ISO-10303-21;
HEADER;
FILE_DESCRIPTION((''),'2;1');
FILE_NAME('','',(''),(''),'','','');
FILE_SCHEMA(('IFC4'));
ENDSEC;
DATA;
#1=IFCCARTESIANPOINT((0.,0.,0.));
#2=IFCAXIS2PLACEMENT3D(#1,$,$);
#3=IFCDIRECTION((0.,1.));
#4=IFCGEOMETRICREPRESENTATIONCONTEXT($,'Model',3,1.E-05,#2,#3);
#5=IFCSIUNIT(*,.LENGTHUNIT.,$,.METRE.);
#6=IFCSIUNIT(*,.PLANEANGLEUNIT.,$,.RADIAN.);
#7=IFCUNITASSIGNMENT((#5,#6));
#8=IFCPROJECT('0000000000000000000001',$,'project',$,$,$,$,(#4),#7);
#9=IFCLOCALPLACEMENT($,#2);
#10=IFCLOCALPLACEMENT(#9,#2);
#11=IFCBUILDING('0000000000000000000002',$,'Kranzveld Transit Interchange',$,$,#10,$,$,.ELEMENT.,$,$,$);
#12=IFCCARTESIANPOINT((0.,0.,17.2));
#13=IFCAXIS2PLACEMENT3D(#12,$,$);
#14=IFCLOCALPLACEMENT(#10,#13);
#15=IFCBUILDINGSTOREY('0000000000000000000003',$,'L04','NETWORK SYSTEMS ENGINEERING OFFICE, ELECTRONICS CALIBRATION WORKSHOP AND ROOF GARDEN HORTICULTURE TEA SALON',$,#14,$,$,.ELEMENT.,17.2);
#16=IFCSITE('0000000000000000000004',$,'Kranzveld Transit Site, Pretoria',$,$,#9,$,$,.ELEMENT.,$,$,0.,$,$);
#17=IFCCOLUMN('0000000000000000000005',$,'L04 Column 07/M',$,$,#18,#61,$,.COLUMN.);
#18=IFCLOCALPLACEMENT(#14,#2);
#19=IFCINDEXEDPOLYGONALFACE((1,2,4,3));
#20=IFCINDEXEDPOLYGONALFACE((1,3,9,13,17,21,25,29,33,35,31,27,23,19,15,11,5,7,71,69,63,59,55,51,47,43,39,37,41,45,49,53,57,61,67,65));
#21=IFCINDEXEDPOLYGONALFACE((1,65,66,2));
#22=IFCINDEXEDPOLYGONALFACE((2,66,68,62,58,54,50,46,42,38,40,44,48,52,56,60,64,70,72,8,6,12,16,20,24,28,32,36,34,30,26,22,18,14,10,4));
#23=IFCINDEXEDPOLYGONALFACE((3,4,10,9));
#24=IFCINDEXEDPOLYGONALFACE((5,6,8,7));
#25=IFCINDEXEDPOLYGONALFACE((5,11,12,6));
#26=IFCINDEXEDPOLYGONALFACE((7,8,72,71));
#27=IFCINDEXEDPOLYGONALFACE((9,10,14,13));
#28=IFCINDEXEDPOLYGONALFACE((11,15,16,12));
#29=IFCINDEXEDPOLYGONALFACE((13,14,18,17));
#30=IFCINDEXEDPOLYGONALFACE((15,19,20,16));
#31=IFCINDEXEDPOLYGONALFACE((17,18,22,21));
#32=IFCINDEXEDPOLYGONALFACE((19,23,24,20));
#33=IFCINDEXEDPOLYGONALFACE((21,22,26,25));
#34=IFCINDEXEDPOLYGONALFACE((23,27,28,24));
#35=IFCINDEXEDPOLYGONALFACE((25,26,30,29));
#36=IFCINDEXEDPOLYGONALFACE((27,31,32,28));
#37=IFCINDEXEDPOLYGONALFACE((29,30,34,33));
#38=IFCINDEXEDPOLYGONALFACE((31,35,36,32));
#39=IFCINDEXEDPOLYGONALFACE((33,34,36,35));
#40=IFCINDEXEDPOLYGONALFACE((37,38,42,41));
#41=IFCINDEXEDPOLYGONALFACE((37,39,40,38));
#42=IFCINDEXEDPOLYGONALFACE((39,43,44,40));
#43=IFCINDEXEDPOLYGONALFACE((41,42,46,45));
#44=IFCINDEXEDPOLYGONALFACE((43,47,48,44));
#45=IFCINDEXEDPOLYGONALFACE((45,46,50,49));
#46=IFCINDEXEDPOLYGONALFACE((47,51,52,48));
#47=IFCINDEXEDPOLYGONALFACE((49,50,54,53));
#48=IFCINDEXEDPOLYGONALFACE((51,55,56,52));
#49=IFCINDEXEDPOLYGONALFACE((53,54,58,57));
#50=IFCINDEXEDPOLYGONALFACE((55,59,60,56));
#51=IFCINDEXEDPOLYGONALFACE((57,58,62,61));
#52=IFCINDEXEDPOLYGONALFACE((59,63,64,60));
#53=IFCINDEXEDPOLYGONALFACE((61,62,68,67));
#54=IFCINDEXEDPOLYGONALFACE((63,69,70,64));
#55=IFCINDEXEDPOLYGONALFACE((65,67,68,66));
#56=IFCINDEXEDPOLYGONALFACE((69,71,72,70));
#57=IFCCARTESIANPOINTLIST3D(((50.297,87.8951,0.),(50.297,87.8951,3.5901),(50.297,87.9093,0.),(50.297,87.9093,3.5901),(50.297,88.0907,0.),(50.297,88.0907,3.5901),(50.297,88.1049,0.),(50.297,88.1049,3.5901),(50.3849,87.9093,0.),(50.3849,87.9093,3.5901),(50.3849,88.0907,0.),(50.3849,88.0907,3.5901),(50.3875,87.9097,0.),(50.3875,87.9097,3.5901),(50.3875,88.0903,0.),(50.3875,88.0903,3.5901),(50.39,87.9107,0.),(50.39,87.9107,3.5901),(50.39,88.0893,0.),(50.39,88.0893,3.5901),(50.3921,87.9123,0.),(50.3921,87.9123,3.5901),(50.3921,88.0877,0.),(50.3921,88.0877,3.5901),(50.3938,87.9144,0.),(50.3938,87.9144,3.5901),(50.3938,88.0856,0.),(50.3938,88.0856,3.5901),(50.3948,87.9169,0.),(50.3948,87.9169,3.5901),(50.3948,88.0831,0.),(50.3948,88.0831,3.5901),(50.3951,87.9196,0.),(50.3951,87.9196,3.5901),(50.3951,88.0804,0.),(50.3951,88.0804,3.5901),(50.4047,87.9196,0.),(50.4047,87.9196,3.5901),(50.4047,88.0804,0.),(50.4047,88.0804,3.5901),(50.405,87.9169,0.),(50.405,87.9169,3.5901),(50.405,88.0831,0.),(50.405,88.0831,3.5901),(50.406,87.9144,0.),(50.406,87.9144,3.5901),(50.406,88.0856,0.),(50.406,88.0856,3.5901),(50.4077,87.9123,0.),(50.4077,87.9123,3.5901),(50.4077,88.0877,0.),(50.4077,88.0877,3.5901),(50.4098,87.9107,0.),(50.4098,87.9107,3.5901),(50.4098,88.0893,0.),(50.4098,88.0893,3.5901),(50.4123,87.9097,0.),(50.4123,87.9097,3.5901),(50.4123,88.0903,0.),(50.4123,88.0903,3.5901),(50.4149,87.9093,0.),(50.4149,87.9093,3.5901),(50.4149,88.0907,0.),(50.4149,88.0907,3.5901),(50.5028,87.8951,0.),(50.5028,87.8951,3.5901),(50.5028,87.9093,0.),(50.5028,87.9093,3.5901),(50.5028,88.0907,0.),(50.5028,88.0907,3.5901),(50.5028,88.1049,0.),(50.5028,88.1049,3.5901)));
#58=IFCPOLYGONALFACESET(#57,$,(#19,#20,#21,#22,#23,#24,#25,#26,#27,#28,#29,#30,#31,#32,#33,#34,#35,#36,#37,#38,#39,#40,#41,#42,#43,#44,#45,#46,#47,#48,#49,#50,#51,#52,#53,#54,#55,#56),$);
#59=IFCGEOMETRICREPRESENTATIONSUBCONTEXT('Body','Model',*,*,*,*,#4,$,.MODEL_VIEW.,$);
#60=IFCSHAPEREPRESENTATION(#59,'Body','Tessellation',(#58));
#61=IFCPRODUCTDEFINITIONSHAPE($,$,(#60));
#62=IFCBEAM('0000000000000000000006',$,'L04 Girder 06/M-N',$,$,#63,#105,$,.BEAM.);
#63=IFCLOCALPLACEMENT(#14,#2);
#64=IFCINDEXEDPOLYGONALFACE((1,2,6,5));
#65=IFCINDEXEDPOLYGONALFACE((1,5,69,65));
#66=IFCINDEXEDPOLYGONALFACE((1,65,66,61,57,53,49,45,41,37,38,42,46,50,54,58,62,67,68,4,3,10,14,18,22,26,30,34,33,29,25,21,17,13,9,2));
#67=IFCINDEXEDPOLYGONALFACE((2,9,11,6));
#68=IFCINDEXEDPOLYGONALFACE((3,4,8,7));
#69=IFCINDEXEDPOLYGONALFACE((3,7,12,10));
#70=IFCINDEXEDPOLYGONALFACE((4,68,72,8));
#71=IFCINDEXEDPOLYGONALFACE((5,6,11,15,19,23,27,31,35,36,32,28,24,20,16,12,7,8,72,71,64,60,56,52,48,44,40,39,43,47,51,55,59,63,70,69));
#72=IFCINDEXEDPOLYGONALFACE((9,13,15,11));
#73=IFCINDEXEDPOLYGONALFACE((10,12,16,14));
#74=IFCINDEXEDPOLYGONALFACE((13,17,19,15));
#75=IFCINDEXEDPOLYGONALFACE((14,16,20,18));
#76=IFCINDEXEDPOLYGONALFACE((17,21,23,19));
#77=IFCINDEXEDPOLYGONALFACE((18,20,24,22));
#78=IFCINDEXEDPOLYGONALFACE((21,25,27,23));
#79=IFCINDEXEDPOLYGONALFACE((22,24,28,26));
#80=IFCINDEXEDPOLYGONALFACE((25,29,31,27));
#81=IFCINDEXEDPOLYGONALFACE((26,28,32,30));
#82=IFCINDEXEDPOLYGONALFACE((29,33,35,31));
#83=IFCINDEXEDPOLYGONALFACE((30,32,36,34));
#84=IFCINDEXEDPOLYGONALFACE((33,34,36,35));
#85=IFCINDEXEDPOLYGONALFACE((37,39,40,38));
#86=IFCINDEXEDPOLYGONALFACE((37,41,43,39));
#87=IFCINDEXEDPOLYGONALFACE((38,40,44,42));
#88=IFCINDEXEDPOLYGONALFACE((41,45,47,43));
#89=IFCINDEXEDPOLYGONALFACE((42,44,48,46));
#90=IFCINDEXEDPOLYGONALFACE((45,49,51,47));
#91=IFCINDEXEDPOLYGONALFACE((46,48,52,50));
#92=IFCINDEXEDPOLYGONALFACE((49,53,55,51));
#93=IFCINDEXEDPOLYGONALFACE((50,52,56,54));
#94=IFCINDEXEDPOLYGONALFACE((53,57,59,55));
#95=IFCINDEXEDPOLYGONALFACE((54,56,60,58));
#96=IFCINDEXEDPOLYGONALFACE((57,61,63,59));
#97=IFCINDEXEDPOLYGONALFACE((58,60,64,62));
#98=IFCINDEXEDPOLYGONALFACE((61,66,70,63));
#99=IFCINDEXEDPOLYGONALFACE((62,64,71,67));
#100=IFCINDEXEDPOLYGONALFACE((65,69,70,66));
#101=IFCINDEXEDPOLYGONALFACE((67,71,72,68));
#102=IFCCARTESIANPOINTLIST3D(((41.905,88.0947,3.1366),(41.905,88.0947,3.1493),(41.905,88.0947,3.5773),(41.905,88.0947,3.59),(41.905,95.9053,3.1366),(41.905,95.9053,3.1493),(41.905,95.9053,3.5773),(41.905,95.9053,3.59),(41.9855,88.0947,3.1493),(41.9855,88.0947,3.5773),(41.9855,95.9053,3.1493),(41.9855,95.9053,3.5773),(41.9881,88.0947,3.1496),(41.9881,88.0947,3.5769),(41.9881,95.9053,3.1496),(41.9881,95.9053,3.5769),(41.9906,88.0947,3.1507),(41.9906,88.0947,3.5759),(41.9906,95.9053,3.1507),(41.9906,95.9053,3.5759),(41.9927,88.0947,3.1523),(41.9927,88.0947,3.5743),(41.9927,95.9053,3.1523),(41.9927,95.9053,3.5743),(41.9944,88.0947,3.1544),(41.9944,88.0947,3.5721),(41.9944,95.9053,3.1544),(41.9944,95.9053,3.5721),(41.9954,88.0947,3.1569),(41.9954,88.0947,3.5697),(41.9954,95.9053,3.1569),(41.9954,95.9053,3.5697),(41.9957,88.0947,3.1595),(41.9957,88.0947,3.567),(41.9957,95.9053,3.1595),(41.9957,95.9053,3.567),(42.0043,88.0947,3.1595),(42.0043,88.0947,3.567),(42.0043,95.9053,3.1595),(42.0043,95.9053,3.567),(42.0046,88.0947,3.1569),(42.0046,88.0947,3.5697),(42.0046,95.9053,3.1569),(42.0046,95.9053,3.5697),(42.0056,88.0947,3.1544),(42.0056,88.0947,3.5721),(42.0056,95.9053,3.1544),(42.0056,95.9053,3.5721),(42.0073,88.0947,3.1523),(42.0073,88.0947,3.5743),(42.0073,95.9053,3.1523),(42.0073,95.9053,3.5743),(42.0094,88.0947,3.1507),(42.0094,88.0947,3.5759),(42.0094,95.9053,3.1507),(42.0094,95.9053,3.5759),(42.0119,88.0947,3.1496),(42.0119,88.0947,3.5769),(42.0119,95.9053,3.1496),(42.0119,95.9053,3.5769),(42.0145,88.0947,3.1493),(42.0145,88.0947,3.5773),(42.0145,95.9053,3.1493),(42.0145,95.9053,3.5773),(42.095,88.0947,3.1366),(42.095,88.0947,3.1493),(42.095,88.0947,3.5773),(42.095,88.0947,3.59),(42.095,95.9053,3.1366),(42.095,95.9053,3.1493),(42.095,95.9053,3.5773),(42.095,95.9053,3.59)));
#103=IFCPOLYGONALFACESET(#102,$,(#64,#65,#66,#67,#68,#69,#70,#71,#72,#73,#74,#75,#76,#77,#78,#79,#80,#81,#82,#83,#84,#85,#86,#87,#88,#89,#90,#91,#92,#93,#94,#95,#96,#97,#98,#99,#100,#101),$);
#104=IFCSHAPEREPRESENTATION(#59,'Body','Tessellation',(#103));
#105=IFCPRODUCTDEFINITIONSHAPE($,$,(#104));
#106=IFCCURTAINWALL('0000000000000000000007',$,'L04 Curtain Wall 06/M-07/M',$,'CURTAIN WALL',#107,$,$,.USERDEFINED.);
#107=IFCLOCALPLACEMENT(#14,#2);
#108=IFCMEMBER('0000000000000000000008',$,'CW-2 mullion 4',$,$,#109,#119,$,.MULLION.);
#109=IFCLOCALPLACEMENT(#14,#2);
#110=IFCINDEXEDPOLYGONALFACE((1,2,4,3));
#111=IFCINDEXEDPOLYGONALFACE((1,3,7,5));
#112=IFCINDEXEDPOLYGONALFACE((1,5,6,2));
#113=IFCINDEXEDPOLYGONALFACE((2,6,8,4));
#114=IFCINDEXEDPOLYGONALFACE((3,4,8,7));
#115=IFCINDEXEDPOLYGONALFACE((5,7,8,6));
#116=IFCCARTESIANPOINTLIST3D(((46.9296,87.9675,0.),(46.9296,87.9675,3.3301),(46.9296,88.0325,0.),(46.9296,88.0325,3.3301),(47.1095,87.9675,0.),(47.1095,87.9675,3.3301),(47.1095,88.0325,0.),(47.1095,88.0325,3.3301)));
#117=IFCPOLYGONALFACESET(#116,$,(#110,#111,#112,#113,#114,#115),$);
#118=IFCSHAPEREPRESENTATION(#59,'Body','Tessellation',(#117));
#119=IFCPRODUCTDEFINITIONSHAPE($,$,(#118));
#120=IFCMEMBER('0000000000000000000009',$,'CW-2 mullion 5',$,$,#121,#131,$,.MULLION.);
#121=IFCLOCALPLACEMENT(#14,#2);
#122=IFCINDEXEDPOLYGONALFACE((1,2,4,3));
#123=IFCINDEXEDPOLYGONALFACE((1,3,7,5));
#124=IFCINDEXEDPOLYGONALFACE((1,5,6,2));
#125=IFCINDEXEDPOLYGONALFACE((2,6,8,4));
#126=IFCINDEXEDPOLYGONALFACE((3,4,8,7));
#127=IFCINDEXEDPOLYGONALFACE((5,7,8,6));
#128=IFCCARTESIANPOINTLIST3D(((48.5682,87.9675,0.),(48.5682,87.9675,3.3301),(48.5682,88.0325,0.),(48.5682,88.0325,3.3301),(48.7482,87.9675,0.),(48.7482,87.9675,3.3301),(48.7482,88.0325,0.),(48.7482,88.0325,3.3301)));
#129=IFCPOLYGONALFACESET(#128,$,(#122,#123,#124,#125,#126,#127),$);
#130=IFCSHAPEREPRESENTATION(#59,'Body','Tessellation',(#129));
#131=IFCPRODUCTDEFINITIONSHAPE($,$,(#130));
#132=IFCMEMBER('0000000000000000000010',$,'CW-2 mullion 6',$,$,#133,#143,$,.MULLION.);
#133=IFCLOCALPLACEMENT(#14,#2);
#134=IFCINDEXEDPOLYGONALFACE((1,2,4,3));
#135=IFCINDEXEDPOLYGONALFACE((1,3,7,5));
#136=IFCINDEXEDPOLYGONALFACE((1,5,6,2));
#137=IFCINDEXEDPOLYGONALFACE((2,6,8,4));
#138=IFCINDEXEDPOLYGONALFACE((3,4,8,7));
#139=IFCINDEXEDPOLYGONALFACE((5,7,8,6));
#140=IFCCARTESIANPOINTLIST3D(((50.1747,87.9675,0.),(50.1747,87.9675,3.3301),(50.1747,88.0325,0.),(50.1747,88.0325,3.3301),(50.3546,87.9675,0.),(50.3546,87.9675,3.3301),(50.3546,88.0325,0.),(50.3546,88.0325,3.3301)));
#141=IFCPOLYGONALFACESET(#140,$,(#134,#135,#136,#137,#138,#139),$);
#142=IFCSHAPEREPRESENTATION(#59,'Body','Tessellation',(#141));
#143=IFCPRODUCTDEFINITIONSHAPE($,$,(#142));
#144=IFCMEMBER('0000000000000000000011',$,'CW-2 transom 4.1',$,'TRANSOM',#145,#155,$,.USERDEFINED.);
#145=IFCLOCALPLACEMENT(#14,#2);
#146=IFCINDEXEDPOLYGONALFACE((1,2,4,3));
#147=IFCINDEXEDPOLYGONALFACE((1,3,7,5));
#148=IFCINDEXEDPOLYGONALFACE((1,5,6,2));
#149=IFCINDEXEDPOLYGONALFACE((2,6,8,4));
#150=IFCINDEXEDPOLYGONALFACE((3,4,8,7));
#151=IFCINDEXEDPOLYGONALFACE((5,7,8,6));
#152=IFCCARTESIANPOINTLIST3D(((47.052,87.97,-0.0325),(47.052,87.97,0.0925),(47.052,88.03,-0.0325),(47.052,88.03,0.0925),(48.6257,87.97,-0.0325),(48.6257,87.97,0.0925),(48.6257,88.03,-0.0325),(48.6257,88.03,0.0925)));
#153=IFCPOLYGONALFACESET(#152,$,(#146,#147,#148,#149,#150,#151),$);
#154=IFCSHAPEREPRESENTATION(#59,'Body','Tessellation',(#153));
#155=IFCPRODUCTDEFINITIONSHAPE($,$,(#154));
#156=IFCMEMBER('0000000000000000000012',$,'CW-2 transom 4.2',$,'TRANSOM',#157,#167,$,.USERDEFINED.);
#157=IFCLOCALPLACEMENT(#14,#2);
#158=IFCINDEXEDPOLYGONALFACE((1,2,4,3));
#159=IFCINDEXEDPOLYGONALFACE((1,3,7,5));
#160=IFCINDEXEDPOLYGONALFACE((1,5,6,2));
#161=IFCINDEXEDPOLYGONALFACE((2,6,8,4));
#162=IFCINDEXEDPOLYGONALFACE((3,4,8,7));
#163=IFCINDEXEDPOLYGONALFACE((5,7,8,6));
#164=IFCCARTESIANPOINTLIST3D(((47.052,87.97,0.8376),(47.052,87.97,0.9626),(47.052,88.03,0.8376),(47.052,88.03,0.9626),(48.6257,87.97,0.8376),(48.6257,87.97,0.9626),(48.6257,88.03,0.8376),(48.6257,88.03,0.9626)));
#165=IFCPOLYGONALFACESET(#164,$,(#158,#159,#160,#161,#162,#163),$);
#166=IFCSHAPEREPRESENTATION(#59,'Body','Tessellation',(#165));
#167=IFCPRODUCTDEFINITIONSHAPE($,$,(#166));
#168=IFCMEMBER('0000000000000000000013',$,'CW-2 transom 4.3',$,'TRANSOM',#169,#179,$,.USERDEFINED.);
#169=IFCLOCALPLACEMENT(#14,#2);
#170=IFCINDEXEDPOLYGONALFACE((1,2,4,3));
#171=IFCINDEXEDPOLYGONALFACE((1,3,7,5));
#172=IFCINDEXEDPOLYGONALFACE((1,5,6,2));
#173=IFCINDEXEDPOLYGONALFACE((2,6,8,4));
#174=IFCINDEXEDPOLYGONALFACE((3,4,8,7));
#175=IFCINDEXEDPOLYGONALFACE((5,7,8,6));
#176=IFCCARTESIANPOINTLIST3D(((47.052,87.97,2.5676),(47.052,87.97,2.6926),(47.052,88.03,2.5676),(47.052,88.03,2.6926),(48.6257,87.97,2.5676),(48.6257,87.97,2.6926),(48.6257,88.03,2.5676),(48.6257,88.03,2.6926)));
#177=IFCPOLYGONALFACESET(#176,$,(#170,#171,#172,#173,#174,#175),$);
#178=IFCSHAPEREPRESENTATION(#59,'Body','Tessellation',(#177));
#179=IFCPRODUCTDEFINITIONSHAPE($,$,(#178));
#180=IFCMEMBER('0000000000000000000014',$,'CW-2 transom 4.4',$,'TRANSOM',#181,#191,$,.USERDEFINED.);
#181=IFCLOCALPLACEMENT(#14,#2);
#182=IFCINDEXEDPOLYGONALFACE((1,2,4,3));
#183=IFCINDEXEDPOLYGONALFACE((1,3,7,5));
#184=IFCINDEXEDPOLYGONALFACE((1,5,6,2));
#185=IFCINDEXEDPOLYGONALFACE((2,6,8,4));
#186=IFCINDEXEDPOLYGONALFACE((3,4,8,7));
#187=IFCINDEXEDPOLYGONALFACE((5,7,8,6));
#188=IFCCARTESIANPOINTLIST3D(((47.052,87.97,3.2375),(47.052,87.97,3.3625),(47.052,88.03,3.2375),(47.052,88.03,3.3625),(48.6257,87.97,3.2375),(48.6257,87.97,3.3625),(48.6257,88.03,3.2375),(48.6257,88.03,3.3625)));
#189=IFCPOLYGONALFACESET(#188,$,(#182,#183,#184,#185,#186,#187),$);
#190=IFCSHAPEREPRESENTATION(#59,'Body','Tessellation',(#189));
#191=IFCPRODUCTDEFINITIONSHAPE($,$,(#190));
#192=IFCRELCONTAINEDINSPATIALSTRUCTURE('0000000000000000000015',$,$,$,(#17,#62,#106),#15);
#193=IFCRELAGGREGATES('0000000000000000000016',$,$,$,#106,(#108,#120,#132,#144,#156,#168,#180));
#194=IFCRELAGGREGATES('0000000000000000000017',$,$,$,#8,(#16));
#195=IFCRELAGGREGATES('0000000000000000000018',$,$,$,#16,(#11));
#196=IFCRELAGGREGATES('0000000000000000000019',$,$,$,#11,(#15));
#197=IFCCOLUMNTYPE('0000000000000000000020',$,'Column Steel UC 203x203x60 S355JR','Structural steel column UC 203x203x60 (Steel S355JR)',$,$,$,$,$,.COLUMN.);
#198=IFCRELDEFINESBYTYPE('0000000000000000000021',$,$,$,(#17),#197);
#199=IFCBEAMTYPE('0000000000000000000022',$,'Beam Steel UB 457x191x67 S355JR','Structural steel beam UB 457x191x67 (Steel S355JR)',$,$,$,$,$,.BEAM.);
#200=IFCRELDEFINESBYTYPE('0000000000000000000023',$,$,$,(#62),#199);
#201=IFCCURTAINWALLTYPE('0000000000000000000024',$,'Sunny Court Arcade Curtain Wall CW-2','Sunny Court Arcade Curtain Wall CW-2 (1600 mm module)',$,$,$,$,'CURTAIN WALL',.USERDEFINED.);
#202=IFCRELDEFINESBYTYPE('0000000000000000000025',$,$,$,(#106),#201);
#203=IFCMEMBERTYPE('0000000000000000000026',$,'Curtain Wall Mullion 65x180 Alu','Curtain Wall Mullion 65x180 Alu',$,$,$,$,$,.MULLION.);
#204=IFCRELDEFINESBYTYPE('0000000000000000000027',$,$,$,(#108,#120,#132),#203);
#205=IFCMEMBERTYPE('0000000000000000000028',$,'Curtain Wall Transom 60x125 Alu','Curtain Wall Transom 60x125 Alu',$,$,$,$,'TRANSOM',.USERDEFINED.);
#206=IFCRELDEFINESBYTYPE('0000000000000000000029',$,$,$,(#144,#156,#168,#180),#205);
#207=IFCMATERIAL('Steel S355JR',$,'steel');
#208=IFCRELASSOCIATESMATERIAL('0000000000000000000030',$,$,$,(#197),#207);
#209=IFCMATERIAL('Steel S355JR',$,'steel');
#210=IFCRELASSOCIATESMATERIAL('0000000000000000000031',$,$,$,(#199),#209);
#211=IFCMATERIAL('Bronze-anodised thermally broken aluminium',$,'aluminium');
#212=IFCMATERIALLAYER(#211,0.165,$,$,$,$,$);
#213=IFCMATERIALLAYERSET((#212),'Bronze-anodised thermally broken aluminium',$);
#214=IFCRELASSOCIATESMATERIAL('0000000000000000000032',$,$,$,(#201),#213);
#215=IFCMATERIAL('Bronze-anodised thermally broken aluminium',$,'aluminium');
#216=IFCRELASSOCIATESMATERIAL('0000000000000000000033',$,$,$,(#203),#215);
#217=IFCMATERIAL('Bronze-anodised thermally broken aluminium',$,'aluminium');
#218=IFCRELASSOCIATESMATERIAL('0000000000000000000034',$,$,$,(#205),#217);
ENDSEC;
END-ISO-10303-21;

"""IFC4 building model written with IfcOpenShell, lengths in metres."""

from ifc_helpers import new_model, si_unit, direction, frame, origin, origin_2d, place, context, subcontext, project, spatial, rectangle, i_section, extrude, material, layer, layer_set, material_profile, profile_set, type_object, element, aggregate, save


model = new_model("IFC4")

# Units and contexts
model_context = context("Model", 3, precision=1e-05, world=origin(), true_north=direction((0.0, 1.0)))
body_context = subcontext(model_context, "Body", "Model", "MODEL_VIEW")
ifc_project = project(units=[si_unit("LENGTHUNIT", "METRE"), si_unit("PLANEANGLEUNIT", "RADIAN")], contexts=[model_context])

# Site, building, storey
site_placement = place(None, origin())
site = spatial("IfcSite", under=ifc_project, at=site_placement, Name="Kranzveld Transit Site, Pretoria", CompositionType="ELEMENT", RefElevation=0.0)
building_placement = place(site_placement, origin())
building = spatial("IfcBuilding", under=site, at=building_placement, Name="Kranzveld Transit Interchange", CompositionType="ELEMENT")
storey_placement = place(building_placement, frame((0.0, 0.0, 17.2)))
storey = spatial("IfcBuildingStorey", under=building, at=storey_placement, Name="L04", Description="NETWORK SYSTEMS ENGINEERING OFFICE, ELECTRONICS CALIBRATION WORKSHOP AND ROOF GARDEN HORTICULTURE TEA SALON", CompositionType="ELEMENT", Elevation=17.2)

# Column
ifc_material_1 = material(Name="Steel S355JR", Category="steel")
ifc_material_profile_1 = material_profile(ifc_material_1, i_section(OverallWidth=0.2058, OverallDepth=0.2097, WebThickness=0.0095, FlangeThickness=0.0142, FilletRadius=0.0103, at=origin_2d()), Name="UC 203x203x60")
ifc_profile_set_1 = profile_set([ifc_material_profile_1], Name="Steel S355JR")
column_type = type_object("IfcColumnType", Name="Column Steel UC 203x203x60 S355JR", Description="Structural steel column UC 203x203x60 (Steel S355JR)", PredefinedType="COLUMN", material=ifc_profile_set_1)
column_placement = place(storey_placement, frame((50.3999, 88.0, 0.0), z_axis=(0.0, 0.0, 1.0), x_axis=(1.0, 0.0, 0.0)))
element("IfcColumn", 1, at=column_placement, inside=storey, type_object=column_type, Name="L04 Column 07/M", PredefinedType="COLUMN", context=body_context, shape_type="SweptSolid", body=[
    extrude(i_section(OverallWidth=0.2058, OverallDepth=0.2097, WebThickness=0.0095, FlangeThickness=0.0142, FilletRadius=0.0103, at=origin_2d()), origin(), (0.0, 0.0, 1.0), 3.5901),
])

# Beam
ifc_material_2 = material(Name="Steel S355JR", Category="steel")
ifc_material_profile_2 = material_profile(ifc_material_2, i_section(OverallWidth=0.1899, OverallDepth=0.4534, WebThickness=0.0085, FlangeThickness=0.0127, FilletRadius=0.0103, at=origin_2d()), Name="UB 457x191x67")
ifc_profile_set_2 = profile_set([ifc_material_profile_2], Name="Steel S355JR")
beam_type_1 = type_object("IfcBeamType", Name="Beam Steel UB 457x191x67 S355JR", Description="Structural steel beam UB 457x191x67 (Steel S355JR)", PredefinedType="BEAM", material=ifc_profile_set_2)
beam_1_placement = place(storey_placement, frame((42.0, 88.0947, 3.3633), z_axis=(0.0, 1.0, 0.0), x_axis=(-1.0, 0.0, 0.0)))
element("IfcBeam", 2, at=beam_1_placement, inside=storey, type_object=beam_type_1, Name="L04 Girder 06/M-N", PredefinedType="BEAM", context=body_context, shape_type="SweptSolid", body=[
    extrude(i_section(OverallWidth=0.1899, OverallDepth=0.4534, WebThickness=0.0085, FlangeThickness=0.0127, FilletRadius=0.0103, at=origin_2d()), origin(), (0.0, 0.0, 1.0), 7.8105),
])

# Curtain wall, members
ifc_material_3 = material(Name="Bronze-anodised thermally broken aluminium", Category="aluminium")
ifc_layer_1 = layer(ifc_material_3, 0.165)
ifc_layer_set_1 = layer_set([ifc_layer_1], Name="Bronze-anodised thermally broken aluminium")
curtain_wall_type = type_object("IfcCurtainWallType", Name="Sunny Court Arcade Curtain Wall CW-2", Description="Sunny Court Arcade Curtain Wall CW-2 (1600 mm module)", ElementType="CURTAIN WALL", PredefinedType="USERDEFINED", material=ifc_layer_set_1)
curtain_wall_placement = place(storey_placement, origin())
curtain_wall = element("IfcCurtainWall", 3, at=curtain_wall_placement, inside=storey, type_object=curtain_wall_type, Name="L04 Curtain Wall 06/M-07/M", ObjectType="CURTAIN WALL", PredefinedType="USERDEFINED")
ifc_material_4 = material(Name="Bronze-anodised thermally broken aluminium", Category="aluminium")
ifc_material_profile_3 = material_profile(ifc_material_4, rectangle(XDim=0.0649, YDim=0.1799, at=origin_2d()), Name="ALU MULLION 65x180")
ifc_profile_set_3 = profile_set([ifc_material_profile_3], Name="Bronze-anodised thermally broken aluminium")
member_type_1 = type_object("IfcMemberType", Name="Curtain Wall Mullion 65x180 Alu", Description="Curtain Wall Mullion 65x180 Alu", PredefinedType="MULLION", material=ifc_profile_set_3)
member_1_placement = place(storey_placement, frame((47.0195, 88.0, 0.0), z_axis=(0.0, 0.0, 1.0), x_axis=(0.0, 1.0, 0.0)))
member_1 = element("IfcMember", 4, at=member_1_placement, type_object=member_type_1, Name="CW-2 mullion 4", PredefinedType="MULLION", context=body_context, shape_type="SweptSolid", body=[
    extrude(rectangle(XDim=0.0649, YDim=0.1799, at=origin_2d()), origin(), (0.0, 0.0, 1.0), 3.3301),
])
member_2_placement = place(storey_placement, frame((48.6582, 88.0, 0.0), z_axis=(0.0, 0.0, 1.0), x_axis=(0.0, 1.0, 0.0)))
member_2 = element("IfcMember", 5, at=member_2_placement, type_object=member_type_1, Name="CW-2 mullion 5", PredefinedType="MULLION", context=body_context, shape_type="SweptSolid", body=[
    extrude(rectangle(XDim=0.0649, YDim=0.1799, at=origin_2d()), origin(), (0.0, 0.0, 1.0), 3.3301),
])
member_3_placement = place(storey_placement, frame((50.2646, 88.0, 0.0), z_axis=(0.0, 0.0, 1.0), x_axis=(0.0, 1.0, 0.0)))
member_3 = element("IfcMember", 6, at=member_3_placement, type_object=member_type_1, Name="CW-2 mullion 6", PredefinedType="MULLION", context=body_context, shape_type="SweptSolid", body=[
    extrude(rectangle(XDim=0.0649, YDim=0.1799, at=origin_2d()), origin(), (0.0, 0.0, 1.0), 3.3301),
])
ifc_material_5 = material(Name="Bronze-anodised thermally broken aluminium", Category="aluminium")
ifc_material_profile_4 = material_profile(ifc_material_5, rectangle(XDim=0.0601, YDim=0.125, at=origin_2d()), Name="ALU TRANSOM 60x125")
ifc_profile_set_4 = profile_set([ifc_material_profile_4], Name="Bronze-anodised thermally broken aluminium")
member_type_2 = type_object("IfcMemberType", Name="Curtain Wall Transom 60x125 Alu", Description="Curtain Wall Transom 60x125 Alu", ElementType="TRANSOM", PredefinedType="USERDEFINED", material=ifc_profile_set_4)
member_4_placement = place(storey_placement, frame((47.052, 88.0, 0.03), z_axis=(1.0, 0.0, 0.0), x_axis=(0.0, 1.0, 0.0)))
member_4 = element("IfcMember", 7, at=member_4_placement, type_object=member_type_2, Name="CW-2 transom 4.1", ObjectType="TRANSOM", PredefinedType="USERDEFINED", context=body_context, shape_type="SweptSolid", body=[
    extrude(rectangle(XDim=0.0601, YDim=0.125, at=origin_2d()), origin(), (0.0, 0.0, 1.0), 1.5737),
])
member_5_placement = place(storey_placement, frame((47.052, 88.0, 0.9001), z_axis=(1.0, 0.0, 0.0), x_axis=(0.0, 1.0, 0.0)))
member_5 = element("IfcMember", 8, at=member_5_placement, type_object=member_type_2, Name="CW-2 transom 4.2", ObjectType="TRANSOM", PredefinedType="USERDEFINED", context=body_context, shape_type="SweptSolid", body=[
    extrude(rectangle(XDim=0.0601, YDim=0.125, at=origin_2d()), origin(), (0.0, 0.0, 1.0), 1.5737),
])
member_6_placement = place(storey_placement, frame((47.052, 88.0, 2.6301), z_axis=(1.0, 0.0, 0.0), x_axis=(0.0, 1.0, 0.0)))
member_6 = element("IfcMember", 9, at=member_6_placement, type_object=member_type_2, Name="CW-2 transom 4.3", ObjectType="TRANSOM", PredefinedType="USERDEFINED", context=body_context, shape_type="SweptSolid", body=[
    extrude(rectangle(XDim=0.0601, YDim=0.125, at=origin_2d()), origin(), (0.0, 0.0, 1.0), 1.5737),
])
member_7_placement = place(storey_placement, frame((47.052, 88.0, 3.3), z_axis=(1.0, 0.0, 0.0), x_axis=(0.0, 1.0, 0.0)))
member_7 = element("IfcMember", 10, at=member_7_placement, type_object=member_type_2, Name="CW-2 transom 4.4", ObjectType="TRANSOM", PredefinedType="USERDEFINED", context=body_context, shape_type="SweptSolid", body=[
    extrude(rectangle(XDim=0.0601, YDim=0.125, at=origin_2d()), origin(), (0.0, 0.0, 1.0), 1.5737),
])

aggregate(curtain_wall, [member_1, member_2, member_3, member_4, member_5, member_6, member_7])

save(model, "model.ifc")
